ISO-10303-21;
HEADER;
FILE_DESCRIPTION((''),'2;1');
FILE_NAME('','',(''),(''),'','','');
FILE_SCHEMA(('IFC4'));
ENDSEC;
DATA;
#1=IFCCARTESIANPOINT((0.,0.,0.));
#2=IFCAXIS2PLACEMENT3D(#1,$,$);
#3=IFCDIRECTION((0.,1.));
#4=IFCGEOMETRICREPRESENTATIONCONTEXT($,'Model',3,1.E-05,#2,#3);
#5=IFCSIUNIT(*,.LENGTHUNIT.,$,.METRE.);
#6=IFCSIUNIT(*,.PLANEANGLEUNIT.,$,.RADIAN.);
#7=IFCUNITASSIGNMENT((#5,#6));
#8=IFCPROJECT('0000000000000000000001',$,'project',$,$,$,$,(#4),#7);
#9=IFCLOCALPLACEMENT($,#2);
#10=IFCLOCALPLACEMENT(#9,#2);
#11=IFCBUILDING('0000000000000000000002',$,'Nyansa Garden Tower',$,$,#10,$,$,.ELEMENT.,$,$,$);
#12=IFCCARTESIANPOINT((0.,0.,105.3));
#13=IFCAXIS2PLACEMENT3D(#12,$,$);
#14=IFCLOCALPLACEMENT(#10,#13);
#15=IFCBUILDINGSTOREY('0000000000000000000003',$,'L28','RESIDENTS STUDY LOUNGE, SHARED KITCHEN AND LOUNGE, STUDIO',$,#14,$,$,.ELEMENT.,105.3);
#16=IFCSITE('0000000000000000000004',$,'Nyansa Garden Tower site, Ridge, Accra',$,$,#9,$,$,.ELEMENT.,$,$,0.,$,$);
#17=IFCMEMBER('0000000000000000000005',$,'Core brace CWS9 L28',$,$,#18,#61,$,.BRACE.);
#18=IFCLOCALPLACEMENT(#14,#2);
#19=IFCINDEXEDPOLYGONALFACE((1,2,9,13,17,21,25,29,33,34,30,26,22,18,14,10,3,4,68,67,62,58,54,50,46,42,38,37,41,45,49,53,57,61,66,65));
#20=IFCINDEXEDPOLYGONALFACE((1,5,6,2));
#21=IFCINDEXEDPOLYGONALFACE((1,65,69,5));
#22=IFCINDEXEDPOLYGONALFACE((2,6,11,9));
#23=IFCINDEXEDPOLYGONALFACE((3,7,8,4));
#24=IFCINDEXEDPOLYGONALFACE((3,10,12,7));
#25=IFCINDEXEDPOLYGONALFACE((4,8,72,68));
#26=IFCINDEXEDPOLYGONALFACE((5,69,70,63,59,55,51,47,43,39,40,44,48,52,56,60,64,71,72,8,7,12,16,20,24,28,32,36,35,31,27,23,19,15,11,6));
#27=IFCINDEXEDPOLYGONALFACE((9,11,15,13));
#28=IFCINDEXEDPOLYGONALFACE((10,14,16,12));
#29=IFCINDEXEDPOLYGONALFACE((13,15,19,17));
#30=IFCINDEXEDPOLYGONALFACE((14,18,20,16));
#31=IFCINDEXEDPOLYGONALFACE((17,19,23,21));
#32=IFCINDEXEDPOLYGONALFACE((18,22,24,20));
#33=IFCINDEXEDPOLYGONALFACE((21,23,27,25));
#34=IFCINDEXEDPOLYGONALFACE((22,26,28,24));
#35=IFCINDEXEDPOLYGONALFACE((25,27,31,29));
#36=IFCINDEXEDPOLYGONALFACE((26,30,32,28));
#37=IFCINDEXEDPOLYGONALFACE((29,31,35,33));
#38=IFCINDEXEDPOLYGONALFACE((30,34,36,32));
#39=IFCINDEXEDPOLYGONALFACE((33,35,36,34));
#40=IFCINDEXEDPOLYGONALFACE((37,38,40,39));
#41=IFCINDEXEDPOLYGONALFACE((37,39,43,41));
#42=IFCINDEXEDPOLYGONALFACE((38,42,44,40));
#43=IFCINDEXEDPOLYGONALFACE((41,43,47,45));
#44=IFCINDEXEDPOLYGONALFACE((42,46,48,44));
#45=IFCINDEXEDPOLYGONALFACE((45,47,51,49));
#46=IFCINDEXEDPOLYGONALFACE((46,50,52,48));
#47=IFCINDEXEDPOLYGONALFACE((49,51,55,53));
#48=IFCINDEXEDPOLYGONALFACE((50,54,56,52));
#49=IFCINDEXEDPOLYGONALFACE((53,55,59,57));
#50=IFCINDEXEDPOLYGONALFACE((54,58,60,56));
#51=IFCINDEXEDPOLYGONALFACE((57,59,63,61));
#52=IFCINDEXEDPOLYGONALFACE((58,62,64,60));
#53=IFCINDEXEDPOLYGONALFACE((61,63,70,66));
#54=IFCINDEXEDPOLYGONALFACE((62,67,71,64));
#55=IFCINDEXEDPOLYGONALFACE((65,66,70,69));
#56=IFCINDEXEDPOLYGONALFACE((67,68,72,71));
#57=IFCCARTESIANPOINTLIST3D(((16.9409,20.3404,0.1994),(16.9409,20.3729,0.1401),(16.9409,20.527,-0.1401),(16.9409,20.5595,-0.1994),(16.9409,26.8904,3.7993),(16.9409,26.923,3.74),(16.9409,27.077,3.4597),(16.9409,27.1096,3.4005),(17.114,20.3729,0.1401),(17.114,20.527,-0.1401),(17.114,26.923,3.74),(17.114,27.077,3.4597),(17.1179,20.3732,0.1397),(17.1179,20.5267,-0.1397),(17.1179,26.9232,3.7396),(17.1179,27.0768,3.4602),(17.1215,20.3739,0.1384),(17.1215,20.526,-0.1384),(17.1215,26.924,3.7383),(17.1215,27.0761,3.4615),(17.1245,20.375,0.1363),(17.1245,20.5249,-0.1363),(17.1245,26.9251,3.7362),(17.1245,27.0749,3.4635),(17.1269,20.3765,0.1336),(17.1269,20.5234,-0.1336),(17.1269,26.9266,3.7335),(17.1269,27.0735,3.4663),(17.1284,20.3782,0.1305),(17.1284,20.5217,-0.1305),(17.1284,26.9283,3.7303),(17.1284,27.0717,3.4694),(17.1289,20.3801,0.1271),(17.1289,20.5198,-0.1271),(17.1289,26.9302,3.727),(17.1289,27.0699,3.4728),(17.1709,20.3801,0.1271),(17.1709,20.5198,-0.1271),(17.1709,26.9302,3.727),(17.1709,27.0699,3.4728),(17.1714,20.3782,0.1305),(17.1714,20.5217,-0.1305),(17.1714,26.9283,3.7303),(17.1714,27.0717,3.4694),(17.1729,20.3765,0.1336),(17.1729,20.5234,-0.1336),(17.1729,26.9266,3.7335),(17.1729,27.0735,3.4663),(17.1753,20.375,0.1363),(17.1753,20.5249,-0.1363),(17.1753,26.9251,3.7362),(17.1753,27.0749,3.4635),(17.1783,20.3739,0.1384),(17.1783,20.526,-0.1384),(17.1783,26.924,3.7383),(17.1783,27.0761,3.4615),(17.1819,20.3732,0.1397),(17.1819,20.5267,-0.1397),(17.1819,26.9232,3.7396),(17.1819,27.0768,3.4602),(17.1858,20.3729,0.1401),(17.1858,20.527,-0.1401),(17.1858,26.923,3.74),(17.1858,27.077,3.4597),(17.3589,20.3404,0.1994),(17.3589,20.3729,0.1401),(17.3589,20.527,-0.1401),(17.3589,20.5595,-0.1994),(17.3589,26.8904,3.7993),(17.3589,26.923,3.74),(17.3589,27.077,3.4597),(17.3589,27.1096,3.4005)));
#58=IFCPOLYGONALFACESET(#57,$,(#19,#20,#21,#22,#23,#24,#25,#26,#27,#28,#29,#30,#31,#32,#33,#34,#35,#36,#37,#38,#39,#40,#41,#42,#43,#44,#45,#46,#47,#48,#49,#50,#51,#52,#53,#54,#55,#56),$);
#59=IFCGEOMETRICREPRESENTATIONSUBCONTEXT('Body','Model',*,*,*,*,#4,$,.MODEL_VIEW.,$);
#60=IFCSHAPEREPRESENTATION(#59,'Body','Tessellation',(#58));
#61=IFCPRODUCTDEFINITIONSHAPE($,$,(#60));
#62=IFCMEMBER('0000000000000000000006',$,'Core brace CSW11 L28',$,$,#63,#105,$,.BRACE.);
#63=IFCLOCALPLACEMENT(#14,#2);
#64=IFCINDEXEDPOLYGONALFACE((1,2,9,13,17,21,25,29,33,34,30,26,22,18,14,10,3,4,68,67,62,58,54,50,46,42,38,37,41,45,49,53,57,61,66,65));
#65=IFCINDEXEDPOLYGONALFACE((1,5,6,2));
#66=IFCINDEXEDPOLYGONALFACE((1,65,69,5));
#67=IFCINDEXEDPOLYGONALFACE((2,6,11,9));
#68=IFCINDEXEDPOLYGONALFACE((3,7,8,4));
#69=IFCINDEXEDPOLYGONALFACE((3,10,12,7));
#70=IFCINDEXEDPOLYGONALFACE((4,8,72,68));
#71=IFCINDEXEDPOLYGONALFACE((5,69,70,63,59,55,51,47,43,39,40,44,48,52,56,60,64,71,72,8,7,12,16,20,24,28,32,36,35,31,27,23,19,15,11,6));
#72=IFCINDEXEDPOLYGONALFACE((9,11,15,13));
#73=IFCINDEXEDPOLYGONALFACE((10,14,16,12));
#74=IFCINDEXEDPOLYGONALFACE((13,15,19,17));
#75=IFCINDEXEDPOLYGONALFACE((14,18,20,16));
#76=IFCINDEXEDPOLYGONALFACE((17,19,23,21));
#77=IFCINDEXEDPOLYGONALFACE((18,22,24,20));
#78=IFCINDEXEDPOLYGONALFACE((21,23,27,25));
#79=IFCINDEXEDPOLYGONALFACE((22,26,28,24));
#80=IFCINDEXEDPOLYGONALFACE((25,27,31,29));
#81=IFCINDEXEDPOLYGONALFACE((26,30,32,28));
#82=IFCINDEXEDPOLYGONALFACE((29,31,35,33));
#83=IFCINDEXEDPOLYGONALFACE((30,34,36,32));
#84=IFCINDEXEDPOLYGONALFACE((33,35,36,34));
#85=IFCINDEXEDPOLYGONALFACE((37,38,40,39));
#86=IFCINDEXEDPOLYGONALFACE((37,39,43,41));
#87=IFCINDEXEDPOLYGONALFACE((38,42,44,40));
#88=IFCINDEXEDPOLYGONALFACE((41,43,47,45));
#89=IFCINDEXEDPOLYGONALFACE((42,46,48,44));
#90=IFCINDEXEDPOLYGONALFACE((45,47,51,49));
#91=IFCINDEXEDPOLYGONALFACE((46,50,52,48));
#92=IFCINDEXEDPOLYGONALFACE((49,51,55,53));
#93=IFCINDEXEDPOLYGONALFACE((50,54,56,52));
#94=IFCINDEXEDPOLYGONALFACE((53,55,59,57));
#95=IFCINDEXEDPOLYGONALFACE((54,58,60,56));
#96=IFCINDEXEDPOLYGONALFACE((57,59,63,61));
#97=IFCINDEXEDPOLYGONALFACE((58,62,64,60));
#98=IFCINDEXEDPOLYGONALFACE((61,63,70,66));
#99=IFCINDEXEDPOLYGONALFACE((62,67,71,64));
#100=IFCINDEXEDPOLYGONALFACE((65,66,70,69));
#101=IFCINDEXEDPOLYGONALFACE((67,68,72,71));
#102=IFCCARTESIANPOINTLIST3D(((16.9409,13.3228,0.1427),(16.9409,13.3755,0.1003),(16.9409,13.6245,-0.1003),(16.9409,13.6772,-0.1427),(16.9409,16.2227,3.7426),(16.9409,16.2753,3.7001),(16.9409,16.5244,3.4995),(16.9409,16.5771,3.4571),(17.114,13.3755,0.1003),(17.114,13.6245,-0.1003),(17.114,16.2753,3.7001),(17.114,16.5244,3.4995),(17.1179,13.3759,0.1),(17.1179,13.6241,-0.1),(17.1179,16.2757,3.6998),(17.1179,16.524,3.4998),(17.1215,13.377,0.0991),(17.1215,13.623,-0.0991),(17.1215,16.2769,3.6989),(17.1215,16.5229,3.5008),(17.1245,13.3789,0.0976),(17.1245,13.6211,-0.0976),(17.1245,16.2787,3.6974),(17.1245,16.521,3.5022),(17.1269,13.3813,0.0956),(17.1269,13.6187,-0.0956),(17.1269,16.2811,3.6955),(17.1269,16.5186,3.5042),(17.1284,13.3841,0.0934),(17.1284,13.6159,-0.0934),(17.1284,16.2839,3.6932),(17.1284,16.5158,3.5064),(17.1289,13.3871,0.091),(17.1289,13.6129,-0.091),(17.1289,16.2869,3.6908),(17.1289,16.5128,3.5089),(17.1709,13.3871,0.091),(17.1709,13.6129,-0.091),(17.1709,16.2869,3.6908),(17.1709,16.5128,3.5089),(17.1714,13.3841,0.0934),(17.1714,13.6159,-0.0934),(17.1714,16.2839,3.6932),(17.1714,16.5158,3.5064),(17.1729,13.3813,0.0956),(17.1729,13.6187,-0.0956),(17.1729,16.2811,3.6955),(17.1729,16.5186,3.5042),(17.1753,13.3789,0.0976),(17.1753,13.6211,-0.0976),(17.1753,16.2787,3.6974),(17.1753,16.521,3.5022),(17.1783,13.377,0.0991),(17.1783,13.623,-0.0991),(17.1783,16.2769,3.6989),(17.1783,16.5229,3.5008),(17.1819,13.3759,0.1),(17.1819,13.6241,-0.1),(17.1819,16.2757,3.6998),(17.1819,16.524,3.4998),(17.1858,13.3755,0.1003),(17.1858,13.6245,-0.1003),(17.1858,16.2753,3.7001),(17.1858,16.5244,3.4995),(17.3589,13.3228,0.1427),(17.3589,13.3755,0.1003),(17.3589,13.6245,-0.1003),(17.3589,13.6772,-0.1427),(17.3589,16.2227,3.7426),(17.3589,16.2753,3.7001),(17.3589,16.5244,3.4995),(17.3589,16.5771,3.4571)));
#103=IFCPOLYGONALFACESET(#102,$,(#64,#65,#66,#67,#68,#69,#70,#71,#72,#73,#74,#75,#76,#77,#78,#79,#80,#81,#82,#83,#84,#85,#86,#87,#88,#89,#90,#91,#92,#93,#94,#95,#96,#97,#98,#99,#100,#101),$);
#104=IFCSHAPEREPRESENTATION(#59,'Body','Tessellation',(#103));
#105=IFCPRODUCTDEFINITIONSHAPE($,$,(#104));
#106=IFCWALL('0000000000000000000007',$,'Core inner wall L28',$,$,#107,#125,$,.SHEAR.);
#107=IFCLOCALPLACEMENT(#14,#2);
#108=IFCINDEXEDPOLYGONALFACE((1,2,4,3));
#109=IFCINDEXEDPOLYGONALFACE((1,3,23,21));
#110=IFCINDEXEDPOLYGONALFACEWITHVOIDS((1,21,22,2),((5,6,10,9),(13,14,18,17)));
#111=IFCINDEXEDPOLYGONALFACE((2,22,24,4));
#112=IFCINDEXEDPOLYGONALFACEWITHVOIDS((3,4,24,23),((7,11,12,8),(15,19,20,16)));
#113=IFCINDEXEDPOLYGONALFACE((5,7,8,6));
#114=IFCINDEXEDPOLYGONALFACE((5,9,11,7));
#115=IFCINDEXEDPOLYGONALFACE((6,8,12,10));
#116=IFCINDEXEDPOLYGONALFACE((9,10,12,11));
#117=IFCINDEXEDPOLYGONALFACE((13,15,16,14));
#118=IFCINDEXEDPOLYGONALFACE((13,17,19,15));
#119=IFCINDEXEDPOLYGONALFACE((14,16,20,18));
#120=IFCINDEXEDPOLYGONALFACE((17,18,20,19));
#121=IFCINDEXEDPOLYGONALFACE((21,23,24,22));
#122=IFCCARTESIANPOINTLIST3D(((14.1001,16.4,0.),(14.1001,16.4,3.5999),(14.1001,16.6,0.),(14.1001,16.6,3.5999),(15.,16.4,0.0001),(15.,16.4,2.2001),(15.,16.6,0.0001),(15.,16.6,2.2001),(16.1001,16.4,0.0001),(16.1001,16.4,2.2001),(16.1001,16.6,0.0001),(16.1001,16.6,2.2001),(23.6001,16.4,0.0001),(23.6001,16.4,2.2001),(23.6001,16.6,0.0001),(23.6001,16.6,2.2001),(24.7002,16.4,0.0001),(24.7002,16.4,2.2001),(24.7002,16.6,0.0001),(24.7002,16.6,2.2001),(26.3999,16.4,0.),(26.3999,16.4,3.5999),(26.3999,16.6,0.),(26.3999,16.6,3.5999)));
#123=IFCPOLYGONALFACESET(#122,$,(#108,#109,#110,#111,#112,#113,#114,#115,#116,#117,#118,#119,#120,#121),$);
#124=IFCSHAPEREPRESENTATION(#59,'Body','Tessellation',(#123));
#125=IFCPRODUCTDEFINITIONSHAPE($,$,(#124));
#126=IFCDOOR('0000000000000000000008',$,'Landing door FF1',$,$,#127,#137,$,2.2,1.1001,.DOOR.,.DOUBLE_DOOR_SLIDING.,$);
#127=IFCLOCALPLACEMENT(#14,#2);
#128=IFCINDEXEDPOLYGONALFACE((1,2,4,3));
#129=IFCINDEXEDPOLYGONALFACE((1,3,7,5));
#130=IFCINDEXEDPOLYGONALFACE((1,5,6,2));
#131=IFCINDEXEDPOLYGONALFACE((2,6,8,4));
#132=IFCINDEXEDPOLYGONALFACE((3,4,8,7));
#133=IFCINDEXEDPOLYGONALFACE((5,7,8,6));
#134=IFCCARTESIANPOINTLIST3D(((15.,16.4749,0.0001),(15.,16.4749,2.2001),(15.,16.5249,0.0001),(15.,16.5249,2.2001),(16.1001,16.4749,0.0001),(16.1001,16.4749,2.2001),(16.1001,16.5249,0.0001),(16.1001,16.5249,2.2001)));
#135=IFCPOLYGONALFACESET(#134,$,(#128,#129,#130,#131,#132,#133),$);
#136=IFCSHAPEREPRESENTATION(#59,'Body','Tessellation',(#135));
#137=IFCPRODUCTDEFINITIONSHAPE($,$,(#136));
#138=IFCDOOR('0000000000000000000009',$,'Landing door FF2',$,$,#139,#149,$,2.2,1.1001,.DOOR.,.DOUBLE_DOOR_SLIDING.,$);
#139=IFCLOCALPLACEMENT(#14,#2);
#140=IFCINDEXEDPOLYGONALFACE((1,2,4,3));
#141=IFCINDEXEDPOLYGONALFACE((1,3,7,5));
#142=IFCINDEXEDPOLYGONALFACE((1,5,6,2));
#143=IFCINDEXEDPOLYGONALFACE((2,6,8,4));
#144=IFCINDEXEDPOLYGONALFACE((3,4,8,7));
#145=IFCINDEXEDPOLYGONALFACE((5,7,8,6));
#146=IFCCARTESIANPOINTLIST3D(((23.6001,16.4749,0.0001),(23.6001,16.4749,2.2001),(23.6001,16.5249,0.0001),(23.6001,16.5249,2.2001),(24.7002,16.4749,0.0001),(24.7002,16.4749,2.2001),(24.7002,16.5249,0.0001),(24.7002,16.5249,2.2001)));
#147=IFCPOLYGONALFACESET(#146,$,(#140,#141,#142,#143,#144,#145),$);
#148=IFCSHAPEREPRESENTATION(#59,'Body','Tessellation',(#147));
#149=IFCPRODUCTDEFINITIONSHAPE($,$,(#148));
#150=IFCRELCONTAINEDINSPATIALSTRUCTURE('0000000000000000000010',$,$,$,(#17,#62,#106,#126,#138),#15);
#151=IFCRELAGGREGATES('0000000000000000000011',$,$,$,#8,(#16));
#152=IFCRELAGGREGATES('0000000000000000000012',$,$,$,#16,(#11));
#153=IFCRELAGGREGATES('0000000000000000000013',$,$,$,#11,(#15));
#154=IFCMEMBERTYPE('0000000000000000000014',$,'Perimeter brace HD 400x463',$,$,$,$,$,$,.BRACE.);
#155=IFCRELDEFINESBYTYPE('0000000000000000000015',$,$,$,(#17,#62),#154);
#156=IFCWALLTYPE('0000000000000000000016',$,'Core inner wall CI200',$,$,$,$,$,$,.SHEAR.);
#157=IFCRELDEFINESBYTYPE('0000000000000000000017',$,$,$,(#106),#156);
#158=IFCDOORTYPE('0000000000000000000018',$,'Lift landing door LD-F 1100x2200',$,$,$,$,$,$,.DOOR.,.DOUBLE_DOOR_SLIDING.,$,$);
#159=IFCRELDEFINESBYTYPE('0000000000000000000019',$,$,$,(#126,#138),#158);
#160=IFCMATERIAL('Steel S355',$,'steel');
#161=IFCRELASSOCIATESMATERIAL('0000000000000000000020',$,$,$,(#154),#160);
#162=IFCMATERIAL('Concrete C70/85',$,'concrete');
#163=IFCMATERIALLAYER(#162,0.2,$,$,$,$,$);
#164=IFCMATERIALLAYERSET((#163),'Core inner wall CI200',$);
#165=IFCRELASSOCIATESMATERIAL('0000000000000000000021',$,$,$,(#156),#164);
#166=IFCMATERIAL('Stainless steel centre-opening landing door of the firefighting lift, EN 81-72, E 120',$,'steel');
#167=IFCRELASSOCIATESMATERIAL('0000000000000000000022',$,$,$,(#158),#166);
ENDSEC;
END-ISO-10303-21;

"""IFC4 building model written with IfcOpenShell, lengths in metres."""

from ifc_helpers import new_model, si_unit, direction, frame, frame_2d, origin, origin_2d, place, context, subcontext, project, spatial, rectangle, i_section, extrude, material, layer, layer_set, material_profile, profile_set, type_object, element, fill, save


model = new_model("IFC4")

# Units and contexts
model_context = context("Model", 3, precision=1e-05, world=origin(), true_north=direction((0.0, 1.0)))
body_context = subcontext(model_context, "Body", "Model", "MODEL_VIEW")
ifc_project = project(units=[si_unit("LENGTHUNIT", "METRE"), si_unit("PLANEANGLEUNIT", "RADIAN")], contexts=[model_context])

# Site, building, storey
site_placement = place(None, origin())
site = spatial("IfcSite", under=ifc_project, at=site_placement, Name="Nyansa Garden Tower site, Ridge, Accra", CompositionType="ELEMENT", RefElevation=0.0)
building_placement = place(site_placement, origin())
building = spatial("IfcBuilding", under=site, at=building_placement, Name="Nyansa Garden Tower", CompositionType="ELEMENT")
storey_placement = place(building_placement, frame((0.0, 0.0, 105.3)))
storey = spatial("IfcBuildingStorey", under=building, at=storey_placement, Name="L28", Description="RESIDENTS STUDY LOUNGE, SHARED KITCHEN AND LOUNGE, STUDIO", CompositionType="ELEMENT", Elevation=105.3)

# Members
ifc_material_1 = material(Name="Steel S355", Category="steel")
ifc_material_profile = material_profile(ifc_material_1, i_section(OverallWidth=0.418, OverallDepth=0.4551, WebThickness=0.042, FlangeThickness=0.0676, FilletRadius=0.0149, at=origin_2d()), Name="HD 400x463")
ifc_profile_set = profile_set([ifc_material_profile], Name="Steel S355")
member_type = type_object("IfcMemberType", Name="Perimeter brace HD 400x463", PredefinedType="BRACE", material=ifc_profile_set)
member_1_placement = place(storey_placement, frame((17.1499, 20.45, 0.0), z_axis=(0.0, 0.876367, 0.481644), x_axis=(-1.0, 0.0, 0.0)))
element("IfcMember", 1, at=member_1_placement, inside=storey, type_object=member_type, Name="Core brace CWS9 L28", PredefinedType="BRACE", context=body_context, shape_type="SweptSolid", body=[
    extrude(i_section(OverallWidth=0.418, OverallDepth=0.4551, WebThickness=0.042, FlangeThickness=0.0676, FilletRadius=0.0149, at=origin_2d()), origin(), (0.0, 0.0, 1.0), 7.4741),
])
member_2_placement = place(storey_placement, frame((17.1499, 13.5, 0.0), z_axis=(0.0, 0.627332, 0.778752), x_axis=(-1.0, 0.0, 0.0)))
element("IfcMember", 2, at=member_2_placement, inside=storey, type_object=member_type, Name="Core brace CSW11 L28", PredefinedType="BRACE", context=body_context, shape_type="SweptSolid", body=[
    extrude(i_section(OverallWidth=0.418, OverallDepth=0.4551, WebThickness=0.042, FlangeThickness=0.0676, FilletRadius=0.0149, at=origin_2d()), origin(), (0.0, 0.0, 1.0), 4.6226),
])

# Wall, openings, doors
ifc_material_2 = material(Name="Concrete C70/85", Category="concrete")
ifc_layer_1 = layer(ifc_material_2, 0.2)
ifc_layer_set_1 = layer_set([ifc_layer_1], Name="Core inner wall CI200")
wall_type_1 = type_object("IfcWallType", Name="Core inner wall CI200", PredefinedType="SHEAR", material=ifc_layer_set_1)
wall_1_placement = place(storey_placement, frame((14.1001, 16.5, 0.0), z_axis=(0.0, 0.0, 1.0), x_axis=(1.0, 0.0, 0.0)))
wall_1 = element("IfcWall", 3, at=wall_1_placement, inside=storey, type_object=wall_type_1, Name="Core inner wall L28", PredefinedType="SHEAR", context=body_context, shape_type="SweptSolid", body=[
    extrude(rectangle(XDim=12.2998, YDim=0.2, at=frame_2d((6.1499, 0.0))), origin(), (0.0, 0.0, 1.0), 3.5999),
])
opening_1_placement = place(wall_1_placement, frame((0.8999, 0.0, 0.0)))
opening_1 = element("IfcOpeningElement", 4, at=opening_1_placement, cuts=wall_1, PredefinedType="OPENING", context=body_context, shape_type="SweptSolid", body=[
    extrude(rectangle(XDim=1.1001, YDim=2.2, at=frame_2d((0.55, 1.1001))), frame((0.0, 0.1099, 0.0), z_axis=(0.0, -1.0, 0.0), x_axis=(1.0, 0.0, 0.0)), (0.0, 0.0, 1.0), 0.22),
])
opening_2_placement = place(wall_1_placement, frame((9.5, 0.0, 0.0)))
opening_2 = element("IfcOpeningElement", 5, at=opening_2_placement, cuts=wall_1, PredefinedType="OPENING", context=body_context, shape_type="SweptSolid", body=[
    extrude(rectangle(XDim=1.1001, YDim=2.2, at=frame_2d((0.55, 1.1001))), frame((0.0, 0.1099, 0.0), z_axis=(0.0, -1.0, 0.0), x_axis=(1.0, 0.0, 0.0)), (0.0, 0.0, 1.0), 0.22),
])
ifc_material_3 = material(Name="Stainless steel centre-opening landing door of the firefighting lift, EN 81-72, E 120", Category="steel")
door_type_1 = type_object("IfcDoorType", Name="Lift landing door LD-F 1100x2200", OperationType="DOUBLE_DOOR_SLIDING", PredefinedType="DOOR", material=ifc_material_3)
door_1_placement = place(opening_1_placement, origin())
door_1 = element("IfcDoor", 6, at=door_1_placement, inside=storey, type_object=door_type_1, Name="Landing door FF1", OperationType="DOUBLE_DOOR_SLIDING", OverallHeight=2.2, OverallWidth=1.1001, PredefinedType="DOOR", context=body_context, shape_type="SweptSolid", body=[
    extrude(rectangle(XDim=1.1001, YDim=2.2, at=frame_2d((0.55, 1.1001))), frame((0.0, 0.0249, 0.0), z_axis=(0.0, -1.0, 0.0), x_axis=(1.0, 0.0, 0.0)), (0.0, 0.0, 1.0), 0.05),
])
fill(opening_1, door_1)
door_2_placement = place(opening_2_placement, origin())
door_2 = element("IfcDoor", 7, at=door_2_placement, inside=storey, type_object=door_type_1, Name="Landing door FF2", OperationType="DOUBLE_DOOR_SLIDING", OverallHeight=2.2, OverallWidth=1.1001, PredefinedType="DOOR", context=body_context, shape_type="SweptSolid", body=[
    extrude(rectangle(XDim=1.1001, YDim=2.2, at=frame_2d((0.55, 1.1001))), frame((0.0, 0.0249, 0.0), z_axis=(0.0, -1.0, 0.0), x_axis=(1.0, 0.0, 0.0)), (0.0, 0.0, 1.0), 0.05),
])
fill(opening_2, door_2)

save(model, "model.ifc")
